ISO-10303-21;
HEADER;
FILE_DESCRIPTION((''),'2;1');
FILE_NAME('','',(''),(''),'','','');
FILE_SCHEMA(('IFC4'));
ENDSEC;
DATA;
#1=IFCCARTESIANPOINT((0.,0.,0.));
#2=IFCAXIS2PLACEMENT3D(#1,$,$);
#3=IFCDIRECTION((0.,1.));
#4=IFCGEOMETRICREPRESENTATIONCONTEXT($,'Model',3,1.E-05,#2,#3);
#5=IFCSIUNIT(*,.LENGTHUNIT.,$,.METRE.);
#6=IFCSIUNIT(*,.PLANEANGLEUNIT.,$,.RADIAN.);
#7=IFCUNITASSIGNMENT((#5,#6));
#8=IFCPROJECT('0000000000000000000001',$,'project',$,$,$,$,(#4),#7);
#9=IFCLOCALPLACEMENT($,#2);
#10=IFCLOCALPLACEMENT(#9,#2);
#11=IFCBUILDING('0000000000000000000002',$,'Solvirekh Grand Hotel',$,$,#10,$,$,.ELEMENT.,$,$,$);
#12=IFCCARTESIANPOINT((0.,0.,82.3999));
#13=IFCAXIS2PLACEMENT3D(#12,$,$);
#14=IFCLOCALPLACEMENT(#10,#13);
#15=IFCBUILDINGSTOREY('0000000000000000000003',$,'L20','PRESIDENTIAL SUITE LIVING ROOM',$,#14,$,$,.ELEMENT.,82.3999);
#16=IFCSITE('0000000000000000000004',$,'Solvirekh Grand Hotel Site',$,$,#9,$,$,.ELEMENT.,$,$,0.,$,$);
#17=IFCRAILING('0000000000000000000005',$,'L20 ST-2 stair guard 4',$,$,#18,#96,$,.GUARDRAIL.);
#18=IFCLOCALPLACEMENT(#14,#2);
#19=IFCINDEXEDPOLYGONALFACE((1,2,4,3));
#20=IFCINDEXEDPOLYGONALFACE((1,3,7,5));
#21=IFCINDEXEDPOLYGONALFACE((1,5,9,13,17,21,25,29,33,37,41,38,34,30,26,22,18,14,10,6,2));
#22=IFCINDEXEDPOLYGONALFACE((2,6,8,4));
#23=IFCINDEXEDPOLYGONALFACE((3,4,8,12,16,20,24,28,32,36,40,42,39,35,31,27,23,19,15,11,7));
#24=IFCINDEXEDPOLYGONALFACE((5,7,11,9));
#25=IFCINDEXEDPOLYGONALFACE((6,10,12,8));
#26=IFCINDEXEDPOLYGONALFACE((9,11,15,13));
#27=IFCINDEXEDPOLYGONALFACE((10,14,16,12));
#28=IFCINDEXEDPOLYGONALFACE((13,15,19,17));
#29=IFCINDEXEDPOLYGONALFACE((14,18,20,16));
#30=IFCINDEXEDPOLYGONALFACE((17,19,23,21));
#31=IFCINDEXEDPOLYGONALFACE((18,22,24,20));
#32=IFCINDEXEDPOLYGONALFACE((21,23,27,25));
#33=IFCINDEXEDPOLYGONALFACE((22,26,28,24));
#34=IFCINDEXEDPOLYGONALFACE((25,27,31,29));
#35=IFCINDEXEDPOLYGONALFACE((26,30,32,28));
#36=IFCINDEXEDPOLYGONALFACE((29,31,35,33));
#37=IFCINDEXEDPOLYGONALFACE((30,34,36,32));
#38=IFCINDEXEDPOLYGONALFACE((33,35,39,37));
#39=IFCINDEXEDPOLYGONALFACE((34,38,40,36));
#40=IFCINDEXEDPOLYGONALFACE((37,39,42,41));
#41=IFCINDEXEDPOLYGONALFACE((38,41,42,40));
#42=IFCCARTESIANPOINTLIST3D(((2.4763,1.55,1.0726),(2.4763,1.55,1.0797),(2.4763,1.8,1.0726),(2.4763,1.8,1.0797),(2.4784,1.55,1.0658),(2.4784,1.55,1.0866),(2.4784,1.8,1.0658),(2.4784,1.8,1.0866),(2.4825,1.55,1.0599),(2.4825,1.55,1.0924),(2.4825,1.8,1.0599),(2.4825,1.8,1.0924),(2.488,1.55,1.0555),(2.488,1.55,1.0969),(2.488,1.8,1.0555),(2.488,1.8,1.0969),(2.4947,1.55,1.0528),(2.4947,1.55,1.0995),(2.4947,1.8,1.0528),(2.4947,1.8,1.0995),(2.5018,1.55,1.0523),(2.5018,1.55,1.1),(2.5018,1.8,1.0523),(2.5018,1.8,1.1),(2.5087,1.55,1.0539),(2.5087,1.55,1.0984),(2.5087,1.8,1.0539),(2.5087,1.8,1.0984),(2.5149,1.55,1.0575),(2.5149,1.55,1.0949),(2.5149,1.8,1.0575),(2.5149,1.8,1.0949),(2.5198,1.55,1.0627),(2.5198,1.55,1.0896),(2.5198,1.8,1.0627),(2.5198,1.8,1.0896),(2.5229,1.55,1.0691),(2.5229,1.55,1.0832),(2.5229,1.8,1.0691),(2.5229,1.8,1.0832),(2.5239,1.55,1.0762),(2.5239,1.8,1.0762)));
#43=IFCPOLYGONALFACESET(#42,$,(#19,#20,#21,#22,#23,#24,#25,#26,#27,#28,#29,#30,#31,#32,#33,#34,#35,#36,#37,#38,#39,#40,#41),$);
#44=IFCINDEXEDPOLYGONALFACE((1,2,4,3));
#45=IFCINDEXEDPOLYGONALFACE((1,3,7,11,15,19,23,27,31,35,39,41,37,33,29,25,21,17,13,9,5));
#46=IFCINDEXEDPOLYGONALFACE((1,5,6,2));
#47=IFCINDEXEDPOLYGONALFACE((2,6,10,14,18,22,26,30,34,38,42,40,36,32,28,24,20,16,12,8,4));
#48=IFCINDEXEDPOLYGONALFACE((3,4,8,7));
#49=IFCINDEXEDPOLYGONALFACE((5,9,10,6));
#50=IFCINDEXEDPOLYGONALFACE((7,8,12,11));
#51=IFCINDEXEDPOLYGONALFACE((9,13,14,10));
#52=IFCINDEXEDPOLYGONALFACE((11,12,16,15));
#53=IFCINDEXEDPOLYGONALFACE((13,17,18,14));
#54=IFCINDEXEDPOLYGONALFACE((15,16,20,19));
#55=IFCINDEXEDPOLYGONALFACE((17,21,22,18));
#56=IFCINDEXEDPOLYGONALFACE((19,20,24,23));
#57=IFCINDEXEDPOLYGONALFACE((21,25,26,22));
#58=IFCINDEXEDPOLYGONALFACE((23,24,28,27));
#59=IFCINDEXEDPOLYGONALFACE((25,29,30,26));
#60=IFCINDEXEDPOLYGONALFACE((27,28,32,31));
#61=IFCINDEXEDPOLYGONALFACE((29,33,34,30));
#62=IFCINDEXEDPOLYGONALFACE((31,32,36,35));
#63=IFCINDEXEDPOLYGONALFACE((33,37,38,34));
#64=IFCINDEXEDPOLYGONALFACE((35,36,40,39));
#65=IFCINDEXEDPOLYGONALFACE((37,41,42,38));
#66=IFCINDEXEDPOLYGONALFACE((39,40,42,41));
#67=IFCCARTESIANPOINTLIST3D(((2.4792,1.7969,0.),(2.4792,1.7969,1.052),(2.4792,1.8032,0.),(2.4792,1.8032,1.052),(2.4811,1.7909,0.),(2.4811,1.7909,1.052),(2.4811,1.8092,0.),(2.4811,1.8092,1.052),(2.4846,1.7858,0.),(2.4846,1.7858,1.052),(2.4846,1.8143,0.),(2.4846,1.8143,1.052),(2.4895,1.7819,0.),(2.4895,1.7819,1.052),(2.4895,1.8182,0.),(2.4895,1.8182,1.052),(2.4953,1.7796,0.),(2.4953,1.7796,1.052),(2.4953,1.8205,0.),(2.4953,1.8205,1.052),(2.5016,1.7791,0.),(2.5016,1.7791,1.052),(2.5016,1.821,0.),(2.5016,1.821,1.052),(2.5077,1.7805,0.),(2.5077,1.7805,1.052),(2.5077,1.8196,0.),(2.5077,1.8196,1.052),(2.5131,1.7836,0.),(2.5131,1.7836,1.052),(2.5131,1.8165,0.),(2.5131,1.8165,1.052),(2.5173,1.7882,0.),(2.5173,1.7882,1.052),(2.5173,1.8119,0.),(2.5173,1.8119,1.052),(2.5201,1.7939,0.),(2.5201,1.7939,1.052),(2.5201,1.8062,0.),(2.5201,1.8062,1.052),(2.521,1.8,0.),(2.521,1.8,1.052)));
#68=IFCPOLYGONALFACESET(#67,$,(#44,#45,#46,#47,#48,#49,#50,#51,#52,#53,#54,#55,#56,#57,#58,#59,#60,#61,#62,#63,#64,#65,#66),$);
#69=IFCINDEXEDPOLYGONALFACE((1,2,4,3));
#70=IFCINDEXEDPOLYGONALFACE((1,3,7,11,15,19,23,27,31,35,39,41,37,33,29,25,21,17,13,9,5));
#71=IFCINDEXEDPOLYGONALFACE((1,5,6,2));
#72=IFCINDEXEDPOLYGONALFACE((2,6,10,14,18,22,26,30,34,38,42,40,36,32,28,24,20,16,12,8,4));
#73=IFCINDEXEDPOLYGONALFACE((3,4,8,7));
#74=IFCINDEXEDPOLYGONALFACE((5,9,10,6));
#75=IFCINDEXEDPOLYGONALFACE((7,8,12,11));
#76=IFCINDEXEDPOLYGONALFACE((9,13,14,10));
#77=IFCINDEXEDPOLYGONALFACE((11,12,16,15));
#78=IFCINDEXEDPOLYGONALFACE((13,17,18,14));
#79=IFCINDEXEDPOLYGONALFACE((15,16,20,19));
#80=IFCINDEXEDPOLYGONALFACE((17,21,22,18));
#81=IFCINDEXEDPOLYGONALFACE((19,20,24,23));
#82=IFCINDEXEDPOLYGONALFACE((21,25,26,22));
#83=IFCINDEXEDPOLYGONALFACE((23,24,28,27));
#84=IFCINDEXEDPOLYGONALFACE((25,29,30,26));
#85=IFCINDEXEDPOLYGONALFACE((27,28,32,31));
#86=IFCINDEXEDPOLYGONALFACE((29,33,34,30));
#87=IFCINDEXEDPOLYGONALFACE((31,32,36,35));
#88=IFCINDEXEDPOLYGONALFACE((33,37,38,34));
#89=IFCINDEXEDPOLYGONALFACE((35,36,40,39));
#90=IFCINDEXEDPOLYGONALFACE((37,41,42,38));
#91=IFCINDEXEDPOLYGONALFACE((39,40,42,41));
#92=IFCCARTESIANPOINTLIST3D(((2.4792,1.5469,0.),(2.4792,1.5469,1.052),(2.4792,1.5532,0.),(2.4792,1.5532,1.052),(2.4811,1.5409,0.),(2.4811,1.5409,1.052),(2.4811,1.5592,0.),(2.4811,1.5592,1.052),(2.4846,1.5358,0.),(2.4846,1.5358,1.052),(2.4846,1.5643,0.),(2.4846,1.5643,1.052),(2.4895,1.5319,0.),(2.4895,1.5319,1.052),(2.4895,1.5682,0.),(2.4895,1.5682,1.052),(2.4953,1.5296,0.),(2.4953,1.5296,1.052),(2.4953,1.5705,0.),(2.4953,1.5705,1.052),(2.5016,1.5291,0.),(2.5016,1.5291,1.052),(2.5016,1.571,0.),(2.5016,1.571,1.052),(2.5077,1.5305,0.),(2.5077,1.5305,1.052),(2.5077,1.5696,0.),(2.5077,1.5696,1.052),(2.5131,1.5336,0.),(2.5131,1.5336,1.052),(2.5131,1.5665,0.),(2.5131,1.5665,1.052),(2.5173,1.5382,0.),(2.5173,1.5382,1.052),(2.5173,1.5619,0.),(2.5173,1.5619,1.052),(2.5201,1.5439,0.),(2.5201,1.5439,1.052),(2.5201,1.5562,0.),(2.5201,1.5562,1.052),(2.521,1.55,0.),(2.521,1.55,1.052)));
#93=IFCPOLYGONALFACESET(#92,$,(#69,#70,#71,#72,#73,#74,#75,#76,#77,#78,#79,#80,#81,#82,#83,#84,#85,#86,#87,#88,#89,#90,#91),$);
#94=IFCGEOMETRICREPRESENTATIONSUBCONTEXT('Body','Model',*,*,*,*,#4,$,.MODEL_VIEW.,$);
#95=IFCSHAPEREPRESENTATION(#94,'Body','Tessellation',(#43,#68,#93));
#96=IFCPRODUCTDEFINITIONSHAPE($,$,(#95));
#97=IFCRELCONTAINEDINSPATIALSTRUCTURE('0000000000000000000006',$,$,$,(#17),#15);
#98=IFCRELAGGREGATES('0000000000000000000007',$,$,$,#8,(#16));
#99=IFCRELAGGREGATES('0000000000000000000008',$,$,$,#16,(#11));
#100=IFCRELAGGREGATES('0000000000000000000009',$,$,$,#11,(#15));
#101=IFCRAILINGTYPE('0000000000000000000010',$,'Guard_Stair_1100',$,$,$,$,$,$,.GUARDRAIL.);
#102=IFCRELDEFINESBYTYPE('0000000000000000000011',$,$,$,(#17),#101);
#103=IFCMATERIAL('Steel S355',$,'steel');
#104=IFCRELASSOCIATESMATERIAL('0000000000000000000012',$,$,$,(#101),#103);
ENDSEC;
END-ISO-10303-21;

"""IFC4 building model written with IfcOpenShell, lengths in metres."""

from ifc_helpers import new_model, si_unit, direction, frame, origin, origin_2d, place, context, subcontext, project, spatial, circle, extrude, material, type_object, element, save


model = new_model("IFC4")

# Units and contexts
model_context = context("Model", 3, precision=1e-05, world=origin(), true_north=direction((0.0, 1.0)))
body_context = subcontext(model_context, "Body", "Model", "MODEL_VIEW")
ifc_project = project(units=[si_unit("LENGTHUNIT", "METRE"), si_unit("PLANEANGLEUNIT", "RADIAN")], contexts=[model_context])

# Site, building, storey
site_placement = place(None, origin())
site = spatial("IfcSite", under=ifc_project, at=site_placement, Name="Solvirekh Grand Hotel Site", CompositionType="ELEMENT", RefElevation=0.0)
building_placement = place(site_placement, origin())
building = spatial("IfcBuilding", under=site, at=building_placement, Name="Solvirekh Grand Hotel", CompositionType="ELEMENT")
storey_placement = place(building_placement, frame((0.0, 0.0, 82.3999)))
storey = spatial("IfcBuildingStorey", under=building, at=storey_placement, Name="L20", Description="PRESIDENTIAL SUITE LIVING ROOM", CompositionType="ELEMENT", Elevation=82.3999)

# Shared definitions
ifc_material_1 = material(Name="Steel S355", Category="steel")

# Railing
railing_type_1 = type_object("IfcRailingType", Name="Guard_Stair_1100", PredefinedType="GUARDRAIL", material=ifc_material_1)
railing_1_placement = place(storey_placement, frame((2.5, 1.8, 0.0)))
element("IfcRailing", 1, at=railing_1_placement, inside=storey, type_object=railing_type_1, Name="L20 ST-2 stair guard 4", PredefinedType="GUARDRAIL", context=body_context, shape_type="SweptSolid", body=[
    extrude(circle(Radius=0.0239, at=origin_2d()), frame((0.0, 0.0, 1.0762), z_axis=(0.0, -1.0, 0.0), x_axis=(1.0, 0.0, 0.0)), (0.0, 0.0, 1.0), 0.25),
    extrude(circle(Radius=0.021, at=origin_2d()), origin(), (0.0, 0.0, 1.0), 1.052),
    extrude(circle(Radius=0.021, at=origin_2d()), frame((0.0, -0.25, 0.0)), (0.0, 0.0, 1.0), 1.052),
])

save(model, "model.ifc")
